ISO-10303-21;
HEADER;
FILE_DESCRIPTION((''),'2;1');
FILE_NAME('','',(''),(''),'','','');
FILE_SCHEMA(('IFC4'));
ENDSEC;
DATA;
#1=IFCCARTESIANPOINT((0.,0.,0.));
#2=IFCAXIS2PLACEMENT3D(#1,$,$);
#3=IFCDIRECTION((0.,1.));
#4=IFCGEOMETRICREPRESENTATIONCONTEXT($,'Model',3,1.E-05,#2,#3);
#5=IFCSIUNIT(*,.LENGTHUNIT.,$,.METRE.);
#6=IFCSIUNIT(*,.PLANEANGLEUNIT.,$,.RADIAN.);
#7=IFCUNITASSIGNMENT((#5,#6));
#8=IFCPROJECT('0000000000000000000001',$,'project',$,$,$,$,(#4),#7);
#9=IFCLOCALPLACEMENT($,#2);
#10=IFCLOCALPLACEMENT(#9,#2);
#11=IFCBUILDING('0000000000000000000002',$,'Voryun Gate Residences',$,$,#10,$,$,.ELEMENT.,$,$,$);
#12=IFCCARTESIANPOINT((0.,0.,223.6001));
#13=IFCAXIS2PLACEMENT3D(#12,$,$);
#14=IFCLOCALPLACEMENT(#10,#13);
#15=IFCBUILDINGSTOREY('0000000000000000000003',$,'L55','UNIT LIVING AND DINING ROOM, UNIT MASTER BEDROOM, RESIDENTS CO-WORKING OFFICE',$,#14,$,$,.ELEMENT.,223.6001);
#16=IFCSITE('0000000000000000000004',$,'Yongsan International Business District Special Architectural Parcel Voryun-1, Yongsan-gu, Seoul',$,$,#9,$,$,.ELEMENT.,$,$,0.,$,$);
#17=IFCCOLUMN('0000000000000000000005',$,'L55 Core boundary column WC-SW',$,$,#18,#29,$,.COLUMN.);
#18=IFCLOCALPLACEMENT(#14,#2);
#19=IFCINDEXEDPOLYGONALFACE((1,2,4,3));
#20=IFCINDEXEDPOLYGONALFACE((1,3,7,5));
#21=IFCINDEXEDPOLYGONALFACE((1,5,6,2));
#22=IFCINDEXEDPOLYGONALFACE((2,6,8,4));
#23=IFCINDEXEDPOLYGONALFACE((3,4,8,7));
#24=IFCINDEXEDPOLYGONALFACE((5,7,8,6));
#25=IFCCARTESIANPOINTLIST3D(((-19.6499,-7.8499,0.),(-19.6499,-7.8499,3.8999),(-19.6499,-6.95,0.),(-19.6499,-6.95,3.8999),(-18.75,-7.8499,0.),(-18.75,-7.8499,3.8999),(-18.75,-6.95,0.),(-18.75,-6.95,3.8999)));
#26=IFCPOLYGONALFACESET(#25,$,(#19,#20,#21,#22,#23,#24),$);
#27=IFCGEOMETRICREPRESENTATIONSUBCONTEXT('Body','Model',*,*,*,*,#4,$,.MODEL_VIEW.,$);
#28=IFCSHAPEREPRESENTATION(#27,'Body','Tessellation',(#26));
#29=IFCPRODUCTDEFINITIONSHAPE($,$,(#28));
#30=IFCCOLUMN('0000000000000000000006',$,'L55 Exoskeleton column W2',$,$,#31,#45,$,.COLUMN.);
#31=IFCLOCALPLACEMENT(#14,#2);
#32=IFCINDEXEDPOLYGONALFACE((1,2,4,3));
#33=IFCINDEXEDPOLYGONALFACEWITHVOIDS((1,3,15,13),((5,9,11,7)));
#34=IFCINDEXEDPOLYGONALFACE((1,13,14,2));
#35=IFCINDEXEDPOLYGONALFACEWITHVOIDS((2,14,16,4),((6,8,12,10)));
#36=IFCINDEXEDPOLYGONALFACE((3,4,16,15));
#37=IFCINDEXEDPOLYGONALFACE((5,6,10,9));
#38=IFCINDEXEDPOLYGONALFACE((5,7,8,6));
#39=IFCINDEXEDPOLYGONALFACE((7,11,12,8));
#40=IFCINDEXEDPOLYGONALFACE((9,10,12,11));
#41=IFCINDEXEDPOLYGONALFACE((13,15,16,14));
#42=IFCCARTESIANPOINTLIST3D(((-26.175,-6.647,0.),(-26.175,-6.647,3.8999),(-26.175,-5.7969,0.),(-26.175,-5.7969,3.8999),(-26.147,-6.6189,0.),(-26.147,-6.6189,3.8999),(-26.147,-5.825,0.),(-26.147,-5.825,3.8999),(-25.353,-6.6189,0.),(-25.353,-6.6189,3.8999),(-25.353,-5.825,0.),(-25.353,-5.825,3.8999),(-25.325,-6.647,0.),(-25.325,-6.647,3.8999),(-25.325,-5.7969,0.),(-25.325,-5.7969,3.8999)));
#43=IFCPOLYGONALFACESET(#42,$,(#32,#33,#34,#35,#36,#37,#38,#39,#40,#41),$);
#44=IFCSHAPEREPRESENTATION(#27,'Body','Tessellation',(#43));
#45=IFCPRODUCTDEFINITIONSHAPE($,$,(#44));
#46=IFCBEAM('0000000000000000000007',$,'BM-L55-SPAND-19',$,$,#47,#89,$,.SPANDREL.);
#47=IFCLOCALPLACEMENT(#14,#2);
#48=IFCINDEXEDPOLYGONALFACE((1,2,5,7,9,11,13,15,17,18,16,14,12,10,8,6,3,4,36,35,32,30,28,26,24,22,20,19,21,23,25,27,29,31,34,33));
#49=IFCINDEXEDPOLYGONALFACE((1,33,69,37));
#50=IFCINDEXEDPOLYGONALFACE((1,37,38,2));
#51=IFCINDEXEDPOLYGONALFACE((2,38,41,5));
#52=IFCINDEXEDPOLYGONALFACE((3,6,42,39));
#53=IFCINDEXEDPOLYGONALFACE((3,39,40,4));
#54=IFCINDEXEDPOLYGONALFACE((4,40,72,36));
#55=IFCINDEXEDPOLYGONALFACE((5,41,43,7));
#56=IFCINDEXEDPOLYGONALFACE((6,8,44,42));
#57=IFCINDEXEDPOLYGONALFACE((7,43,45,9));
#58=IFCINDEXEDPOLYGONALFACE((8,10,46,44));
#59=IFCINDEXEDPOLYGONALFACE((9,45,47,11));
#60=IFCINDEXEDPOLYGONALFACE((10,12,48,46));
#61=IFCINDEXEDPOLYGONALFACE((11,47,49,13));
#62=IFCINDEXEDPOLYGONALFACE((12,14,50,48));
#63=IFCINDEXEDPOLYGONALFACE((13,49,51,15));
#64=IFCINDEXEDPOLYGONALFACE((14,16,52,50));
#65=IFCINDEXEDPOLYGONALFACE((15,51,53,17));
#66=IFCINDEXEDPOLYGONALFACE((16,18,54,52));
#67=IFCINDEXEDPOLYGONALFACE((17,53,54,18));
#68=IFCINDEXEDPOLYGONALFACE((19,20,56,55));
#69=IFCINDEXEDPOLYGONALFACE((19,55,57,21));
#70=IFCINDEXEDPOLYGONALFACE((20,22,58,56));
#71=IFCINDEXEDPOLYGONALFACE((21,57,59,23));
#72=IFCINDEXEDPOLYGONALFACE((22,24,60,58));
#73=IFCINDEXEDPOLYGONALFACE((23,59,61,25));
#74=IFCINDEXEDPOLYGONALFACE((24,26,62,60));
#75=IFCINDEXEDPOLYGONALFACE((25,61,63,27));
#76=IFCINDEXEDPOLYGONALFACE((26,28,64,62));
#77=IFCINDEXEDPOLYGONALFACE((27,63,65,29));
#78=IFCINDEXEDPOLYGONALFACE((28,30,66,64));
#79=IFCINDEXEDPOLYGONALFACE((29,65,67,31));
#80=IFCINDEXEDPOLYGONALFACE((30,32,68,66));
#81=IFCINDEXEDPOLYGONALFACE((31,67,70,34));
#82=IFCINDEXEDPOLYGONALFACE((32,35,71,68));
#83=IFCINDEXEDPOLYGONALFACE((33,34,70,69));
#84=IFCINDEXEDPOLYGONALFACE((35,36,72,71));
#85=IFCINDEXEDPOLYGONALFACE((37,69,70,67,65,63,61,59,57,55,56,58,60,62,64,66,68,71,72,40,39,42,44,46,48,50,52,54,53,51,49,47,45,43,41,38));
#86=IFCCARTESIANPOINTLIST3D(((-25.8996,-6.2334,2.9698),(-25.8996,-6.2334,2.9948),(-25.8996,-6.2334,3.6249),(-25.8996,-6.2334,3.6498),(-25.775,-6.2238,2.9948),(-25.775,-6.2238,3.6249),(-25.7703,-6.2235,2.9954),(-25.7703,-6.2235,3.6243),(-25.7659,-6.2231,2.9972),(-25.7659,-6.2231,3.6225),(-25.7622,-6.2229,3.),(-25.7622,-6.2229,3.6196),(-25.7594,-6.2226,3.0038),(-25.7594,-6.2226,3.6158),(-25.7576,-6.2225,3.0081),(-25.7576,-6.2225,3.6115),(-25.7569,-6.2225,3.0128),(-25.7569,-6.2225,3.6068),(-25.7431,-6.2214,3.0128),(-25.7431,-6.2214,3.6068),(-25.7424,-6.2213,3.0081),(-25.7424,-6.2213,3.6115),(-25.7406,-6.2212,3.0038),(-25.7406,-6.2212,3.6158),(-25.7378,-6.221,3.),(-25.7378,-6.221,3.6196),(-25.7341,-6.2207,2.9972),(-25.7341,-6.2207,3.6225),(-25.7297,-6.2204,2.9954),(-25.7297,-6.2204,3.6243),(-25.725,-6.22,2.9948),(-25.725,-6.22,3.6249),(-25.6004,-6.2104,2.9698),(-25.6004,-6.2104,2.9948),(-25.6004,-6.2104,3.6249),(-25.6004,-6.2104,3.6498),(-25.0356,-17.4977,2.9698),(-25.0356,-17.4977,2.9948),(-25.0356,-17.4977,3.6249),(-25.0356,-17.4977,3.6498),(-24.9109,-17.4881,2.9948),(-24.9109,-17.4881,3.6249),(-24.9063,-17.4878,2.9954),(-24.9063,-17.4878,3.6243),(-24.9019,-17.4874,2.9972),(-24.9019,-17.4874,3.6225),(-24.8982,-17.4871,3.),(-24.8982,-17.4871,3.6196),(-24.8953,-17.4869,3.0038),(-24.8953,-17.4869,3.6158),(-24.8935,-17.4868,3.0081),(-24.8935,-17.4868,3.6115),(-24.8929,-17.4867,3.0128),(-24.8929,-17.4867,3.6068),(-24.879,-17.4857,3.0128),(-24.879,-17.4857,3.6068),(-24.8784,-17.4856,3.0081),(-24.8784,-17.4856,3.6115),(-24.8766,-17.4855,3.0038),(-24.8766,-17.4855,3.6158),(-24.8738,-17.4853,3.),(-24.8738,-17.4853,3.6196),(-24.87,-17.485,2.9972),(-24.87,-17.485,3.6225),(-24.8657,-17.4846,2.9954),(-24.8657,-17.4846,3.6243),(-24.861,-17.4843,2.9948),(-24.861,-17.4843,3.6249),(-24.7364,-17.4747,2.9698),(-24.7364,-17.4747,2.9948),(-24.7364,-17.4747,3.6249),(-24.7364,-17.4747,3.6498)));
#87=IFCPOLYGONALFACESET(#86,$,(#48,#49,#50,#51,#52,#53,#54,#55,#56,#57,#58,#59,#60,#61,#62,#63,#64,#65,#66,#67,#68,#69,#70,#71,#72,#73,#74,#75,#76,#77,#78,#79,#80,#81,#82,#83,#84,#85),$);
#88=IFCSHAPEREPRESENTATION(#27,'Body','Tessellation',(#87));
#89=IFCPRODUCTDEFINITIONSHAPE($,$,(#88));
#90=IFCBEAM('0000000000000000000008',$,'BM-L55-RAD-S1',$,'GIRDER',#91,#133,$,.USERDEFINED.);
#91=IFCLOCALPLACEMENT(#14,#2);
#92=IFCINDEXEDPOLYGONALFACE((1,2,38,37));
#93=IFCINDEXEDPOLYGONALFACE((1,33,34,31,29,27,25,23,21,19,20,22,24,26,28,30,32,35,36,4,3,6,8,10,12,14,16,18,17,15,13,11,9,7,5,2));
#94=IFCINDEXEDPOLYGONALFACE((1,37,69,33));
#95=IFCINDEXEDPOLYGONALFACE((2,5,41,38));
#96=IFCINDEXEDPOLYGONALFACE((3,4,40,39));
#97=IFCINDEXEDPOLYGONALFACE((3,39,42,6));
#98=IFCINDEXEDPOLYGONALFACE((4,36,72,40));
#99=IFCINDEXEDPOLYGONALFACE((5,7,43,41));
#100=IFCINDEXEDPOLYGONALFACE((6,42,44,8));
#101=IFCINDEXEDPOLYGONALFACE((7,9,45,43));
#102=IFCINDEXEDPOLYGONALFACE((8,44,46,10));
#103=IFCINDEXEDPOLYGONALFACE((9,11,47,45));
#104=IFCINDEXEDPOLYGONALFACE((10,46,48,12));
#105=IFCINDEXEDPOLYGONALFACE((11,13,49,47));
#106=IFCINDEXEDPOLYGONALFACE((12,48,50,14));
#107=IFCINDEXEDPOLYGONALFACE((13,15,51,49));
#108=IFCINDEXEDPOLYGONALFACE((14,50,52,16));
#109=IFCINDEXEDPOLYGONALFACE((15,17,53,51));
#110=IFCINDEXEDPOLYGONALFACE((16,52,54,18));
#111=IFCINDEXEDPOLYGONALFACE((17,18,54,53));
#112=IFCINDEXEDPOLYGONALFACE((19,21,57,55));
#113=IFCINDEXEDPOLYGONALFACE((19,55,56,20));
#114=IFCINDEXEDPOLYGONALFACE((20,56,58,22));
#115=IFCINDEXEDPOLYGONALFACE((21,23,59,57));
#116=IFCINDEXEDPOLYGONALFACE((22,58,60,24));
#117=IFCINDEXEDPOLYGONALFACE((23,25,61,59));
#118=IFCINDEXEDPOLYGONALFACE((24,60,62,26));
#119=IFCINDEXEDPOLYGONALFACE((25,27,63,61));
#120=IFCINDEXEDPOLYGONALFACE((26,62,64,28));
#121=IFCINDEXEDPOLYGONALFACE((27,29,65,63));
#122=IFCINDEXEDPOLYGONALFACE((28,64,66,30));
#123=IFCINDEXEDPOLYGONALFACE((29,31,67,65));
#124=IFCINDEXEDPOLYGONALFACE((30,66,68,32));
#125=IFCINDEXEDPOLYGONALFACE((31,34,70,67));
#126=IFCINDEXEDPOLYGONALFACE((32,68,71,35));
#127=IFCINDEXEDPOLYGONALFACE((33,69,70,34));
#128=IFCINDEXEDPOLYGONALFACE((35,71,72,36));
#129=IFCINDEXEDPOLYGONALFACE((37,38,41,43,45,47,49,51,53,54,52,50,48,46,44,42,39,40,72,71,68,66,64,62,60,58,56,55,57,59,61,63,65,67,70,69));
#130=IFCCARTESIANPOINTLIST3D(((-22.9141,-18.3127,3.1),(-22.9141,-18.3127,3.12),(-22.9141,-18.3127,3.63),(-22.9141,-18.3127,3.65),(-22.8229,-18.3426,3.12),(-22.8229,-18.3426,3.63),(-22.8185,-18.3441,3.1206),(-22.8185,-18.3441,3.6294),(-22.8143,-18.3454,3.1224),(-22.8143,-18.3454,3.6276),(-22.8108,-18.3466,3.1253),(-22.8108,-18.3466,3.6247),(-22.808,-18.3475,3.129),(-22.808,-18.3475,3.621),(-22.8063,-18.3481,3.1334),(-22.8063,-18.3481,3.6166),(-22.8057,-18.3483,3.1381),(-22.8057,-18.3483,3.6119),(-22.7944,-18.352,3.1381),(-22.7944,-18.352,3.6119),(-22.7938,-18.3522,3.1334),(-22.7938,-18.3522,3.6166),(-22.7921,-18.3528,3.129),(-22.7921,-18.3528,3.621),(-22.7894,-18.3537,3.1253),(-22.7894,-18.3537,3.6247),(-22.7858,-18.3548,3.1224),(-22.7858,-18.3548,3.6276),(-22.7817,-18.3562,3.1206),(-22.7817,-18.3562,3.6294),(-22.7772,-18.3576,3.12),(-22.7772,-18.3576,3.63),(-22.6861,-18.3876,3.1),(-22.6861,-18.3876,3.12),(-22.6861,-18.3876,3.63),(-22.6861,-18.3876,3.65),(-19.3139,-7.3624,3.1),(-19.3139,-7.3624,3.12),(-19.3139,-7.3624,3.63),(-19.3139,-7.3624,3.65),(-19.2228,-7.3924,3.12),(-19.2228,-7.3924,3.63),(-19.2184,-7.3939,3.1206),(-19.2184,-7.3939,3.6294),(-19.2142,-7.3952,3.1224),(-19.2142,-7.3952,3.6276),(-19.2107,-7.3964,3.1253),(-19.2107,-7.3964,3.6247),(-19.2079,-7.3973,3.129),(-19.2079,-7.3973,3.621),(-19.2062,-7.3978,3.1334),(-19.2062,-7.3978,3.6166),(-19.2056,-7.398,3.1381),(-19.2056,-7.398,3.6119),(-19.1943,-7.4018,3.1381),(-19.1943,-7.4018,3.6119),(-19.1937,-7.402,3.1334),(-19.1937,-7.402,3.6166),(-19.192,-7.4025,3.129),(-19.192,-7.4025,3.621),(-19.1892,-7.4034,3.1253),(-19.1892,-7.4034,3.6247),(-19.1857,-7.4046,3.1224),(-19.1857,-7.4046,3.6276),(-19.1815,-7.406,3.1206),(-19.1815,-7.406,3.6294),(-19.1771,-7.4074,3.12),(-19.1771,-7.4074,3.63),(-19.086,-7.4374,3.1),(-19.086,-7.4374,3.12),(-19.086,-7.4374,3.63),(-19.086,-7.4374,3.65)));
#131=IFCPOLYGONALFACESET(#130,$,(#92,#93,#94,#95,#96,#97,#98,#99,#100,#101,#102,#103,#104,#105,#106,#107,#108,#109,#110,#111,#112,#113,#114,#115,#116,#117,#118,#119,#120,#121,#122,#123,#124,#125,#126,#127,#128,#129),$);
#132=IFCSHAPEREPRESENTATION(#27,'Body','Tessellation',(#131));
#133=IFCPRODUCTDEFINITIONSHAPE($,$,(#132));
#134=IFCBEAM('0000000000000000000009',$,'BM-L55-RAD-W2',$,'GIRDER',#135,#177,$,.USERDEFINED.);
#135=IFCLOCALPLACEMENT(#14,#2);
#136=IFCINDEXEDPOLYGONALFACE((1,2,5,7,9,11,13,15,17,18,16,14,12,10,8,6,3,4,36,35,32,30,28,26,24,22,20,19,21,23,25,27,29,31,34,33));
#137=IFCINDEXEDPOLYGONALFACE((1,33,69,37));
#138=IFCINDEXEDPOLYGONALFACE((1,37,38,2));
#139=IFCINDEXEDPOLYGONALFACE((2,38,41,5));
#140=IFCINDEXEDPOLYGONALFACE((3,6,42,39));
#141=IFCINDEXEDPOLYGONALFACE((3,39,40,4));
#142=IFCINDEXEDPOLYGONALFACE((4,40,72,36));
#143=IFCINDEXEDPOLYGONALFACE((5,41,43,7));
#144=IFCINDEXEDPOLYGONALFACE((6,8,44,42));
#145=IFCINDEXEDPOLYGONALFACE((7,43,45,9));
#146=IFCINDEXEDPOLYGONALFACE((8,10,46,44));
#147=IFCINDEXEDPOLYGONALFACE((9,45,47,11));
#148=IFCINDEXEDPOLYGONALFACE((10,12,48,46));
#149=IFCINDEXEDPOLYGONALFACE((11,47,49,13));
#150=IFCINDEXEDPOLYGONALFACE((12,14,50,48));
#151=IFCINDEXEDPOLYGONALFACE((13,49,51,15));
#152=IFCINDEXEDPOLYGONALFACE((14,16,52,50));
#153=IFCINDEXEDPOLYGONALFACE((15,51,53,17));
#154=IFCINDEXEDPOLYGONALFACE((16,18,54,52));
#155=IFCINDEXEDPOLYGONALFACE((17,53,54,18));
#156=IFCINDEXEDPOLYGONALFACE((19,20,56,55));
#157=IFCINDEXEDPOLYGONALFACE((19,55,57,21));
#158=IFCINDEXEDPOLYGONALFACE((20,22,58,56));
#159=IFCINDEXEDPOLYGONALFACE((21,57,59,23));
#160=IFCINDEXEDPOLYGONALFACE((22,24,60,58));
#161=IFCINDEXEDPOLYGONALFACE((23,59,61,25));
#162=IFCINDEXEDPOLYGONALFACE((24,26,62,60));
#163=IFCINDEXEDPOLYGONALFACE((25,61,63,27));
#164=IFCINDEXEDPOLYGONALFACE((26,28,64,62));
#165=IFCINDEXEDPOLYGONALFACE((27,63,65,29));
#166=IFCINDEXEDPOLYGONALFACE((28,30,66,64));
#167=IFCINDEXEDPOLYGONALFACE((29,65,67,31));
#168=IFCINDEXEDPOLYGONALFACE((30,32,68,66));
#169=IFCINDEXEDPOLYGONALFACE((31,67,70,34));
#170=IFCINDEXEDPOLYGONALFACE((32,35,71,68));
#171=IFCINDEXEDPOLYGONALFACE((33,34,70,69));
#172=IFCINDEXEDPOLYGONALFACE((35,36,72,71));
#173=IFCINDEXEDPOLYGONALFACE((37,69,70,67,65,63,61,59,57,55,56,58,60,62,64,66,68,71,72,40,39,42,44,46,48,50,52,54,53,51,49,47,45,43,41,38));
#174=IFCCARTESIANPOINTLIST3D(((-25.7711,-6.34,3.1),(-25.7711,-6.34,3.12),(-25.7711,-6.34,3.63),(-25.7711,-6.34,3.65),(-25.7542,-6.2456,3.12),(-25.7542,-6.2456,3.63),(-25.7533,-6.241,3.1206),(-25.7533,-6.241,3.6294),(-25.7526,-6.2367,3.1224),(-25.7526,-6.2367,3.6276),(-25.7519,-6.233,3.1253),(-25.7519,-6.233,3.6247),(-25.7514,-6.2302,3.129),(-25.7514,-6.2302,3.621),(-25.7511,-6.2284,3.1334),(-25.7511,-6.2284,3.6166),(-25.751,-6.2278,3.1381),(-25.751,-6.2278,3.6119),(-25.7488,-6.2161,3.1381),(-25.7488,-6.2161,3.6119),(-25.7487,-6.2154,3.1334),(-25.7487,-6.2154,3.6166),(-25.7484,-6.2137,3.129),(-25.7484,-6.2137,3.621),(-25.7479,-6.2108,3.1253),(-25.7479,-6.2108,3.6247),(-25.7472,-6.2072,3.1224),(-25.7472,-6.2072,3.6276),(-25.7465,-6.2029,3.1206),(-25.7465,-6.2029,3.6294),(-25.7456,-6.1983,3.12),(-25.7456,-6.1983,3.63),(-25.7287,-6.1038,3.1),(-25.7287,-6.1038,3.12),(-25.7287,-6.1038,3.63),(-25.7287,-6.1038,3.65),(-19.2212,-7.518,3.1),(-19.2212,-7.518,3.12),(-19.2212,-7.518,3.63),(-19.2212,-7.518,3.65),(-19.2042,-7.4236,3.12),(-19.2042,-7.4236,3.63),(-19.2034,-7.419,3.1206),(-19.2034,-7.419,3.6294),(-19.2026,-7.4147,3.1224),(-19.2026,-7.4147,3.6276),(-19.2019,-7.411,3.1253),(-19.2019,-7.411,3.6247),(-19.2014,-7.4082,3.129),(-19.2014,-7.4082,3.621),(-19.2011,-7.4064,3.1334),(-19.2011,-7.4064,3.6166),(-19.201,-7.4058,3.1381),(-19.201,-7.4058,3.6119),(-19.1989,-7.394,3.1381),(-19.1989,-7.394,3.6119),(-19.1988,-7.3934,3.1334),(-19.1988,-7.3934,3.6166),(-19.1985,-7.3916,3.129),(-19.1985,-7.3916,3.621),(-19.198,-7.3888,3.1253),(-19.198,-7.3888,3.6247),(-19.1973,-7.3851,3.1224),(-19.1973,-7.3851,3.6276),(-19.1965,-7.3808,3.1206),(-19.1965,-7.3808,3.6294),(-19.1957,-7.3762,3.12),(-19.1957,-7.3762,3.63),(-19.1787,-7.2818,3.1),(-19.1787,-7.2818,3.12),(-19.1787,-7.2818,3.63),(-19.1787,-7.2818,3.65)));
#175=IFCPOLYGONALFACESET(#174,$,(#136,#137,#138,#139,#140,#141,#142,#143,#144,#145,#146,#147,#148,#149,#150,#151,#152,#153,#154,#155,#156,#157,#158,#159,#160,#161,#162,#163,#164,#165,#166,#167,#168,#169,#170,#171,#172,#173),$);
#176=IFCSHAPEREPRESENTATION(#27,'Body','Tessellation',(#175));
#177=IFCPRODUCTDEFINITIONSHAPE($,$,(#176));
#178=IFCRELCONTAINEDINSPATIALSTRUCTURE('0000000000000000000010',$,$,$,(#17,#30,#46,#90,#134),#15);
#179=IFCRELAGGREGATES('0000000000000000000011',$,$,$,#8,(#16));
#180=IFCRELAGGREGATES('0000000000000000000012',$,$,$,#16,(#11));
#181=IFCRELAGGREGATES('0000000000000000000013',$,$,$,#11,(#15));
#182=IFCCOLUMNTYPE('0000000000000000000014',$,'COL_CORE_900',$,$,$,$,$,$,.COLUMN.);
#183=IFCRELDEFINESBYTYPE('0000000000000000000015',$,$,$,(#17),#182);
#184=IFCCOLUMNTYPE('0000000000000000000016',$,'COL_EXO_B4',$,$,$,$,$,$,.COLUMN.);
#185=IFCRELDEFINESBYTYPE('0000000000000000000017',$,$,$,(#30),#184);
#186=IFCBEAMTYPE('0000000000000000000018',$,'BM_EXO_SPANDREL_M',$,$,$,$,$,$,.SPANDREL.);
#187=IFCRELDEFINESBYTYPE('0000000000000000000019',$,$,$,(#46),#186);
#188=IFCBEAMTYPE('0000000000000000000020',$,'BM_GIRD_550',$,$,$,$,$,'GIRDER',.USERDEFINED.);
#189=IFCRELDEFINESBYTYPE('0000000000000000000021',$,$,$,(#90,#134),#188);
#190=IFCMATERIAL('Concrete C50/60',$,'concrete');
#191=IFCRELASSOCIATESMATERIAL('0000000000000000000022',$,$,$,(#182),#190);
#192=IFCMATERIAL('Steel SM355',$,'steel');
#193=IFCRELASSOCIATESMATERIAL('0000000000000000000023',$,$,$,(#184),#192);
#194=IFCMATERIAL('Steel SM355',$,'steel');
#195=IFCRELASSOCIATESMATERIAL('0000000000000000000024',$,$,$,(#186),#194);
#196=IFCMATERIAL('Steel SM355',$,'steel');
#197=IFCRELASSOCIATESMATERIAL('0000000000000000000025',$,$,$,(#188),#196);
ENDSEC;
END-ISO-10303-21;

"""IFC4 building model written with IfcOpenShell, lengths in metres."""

from ifc_helpers import new_model, si_unit, direction, frame, origin, origin_2d, place, context, subcontext, project, spatial, rectangle, hollow_rectangle, i_section, extrude, material, material_profile, profile_set, type_object, element, save


model = new_model("IFC4")

# Units and contexts
model_context = context("Model", 3, precision=1e-05, world=origin(), true_north=direction((0.0, 1.0)))
body_context = subcontext(model_context, "Body", "Model", "MODEL_VIEW")
ifc_project = project(units=[si_unit("LENGTHUNIT", "METRE"), si_unit("PLANEANGLEUNIT", "RADIAN")], contexts=[model_context])

# Site, building, storey
site_placement = place(None, origin())
site = spatial("IfcSite", under=ifc_project, at=site_placement, Name="Yongsan International Business District Special Architectural Parcel Voryun-1, Yongsan-gu, Seoul", CompositionType="ELEMENT", RefElevation=0.0)
building_placement = place(site_placement, origin())
building = spatial("IfcBuilding", under=site, at=building_placement, Name="Voryun Gate Residences", CompositionType="ELEMENT")
storey_placement = place(building_placement, frame((0.0, 0.0, 223.6001)))
storey = spatial("IfcBuildingStorey", under=building, at=storey_placement, Name="L55", Description="UNIT LIVING AND DINING ROOM, UNIT MASTER BEDROOM, RESIDENTS CO-WORKING OFFICE", CompositionType="ELEMENT", Elevation=223.6001)

# Columns
ifc_material_1 = material(Name="Concrete C50/60", Category="concrete")
ifc_material_profile_1 = material_profile(ifc_material_1, rectangle(XDim=0.8999, YDim=0.8999, at=origin_2d()), Name="RC-900x900")
ifc_profile_set_1 = profile_set([ifc_material_profile_1], Name="Concrete C50/60")
column_type_1 = type_object("IfcColumnType", Name="COL_CORE_900", PredefinedType="COLUMN", material=ifc_profile_set_1)
column_1_placement = place(storey_placement, frame((-19.2, -7.3999, 0.0), z_axis=(0.0, 0.0, 1.0), x_axis=(1.0, 0.0, 0.0)))
element("IfcColumn", 1, at=column_1_placement, inside=storey, type_object=column_type_1, Name="L55 Core boundary column WC-SW", PredefinedType="COLUMN", context=body_context, shape_type="SweptSolid", body=[
    extrude(rectangle(XDim=0.8999, YDim=0.8999, at=origin_2d()), origin(), (0.0, 0.0, 1.0), 3.8999),
])
ifc_material_2 = material(Name="Steel SM355", Category="steel")
ifc_material_profile_2 = material_profile(ifc_material_2, hollow_rectangle(XDim=0.8501, YDim=0.8501, WallThickness=0.0281, at=origin_2d()), Name="BOX-850x850x28")
ifc_profile_set_2 = profile_set([ifc_material_profile_2], Name="Steel SM355")
column_type_2 = type_object("IfcColumnType", Name="COL_EXO_B4", PredefinedType="COLUMN", material=ifc_profile_set_2)
column_2_placement = place(storey_placement, frame((-25.75, -6.2219, 0.0), z_axis=(0.0, 0.0, 1.0), x_axis=(1.0, 0.0, 0.0)))
element("IfcColumn", 2, at=column_2_placement, inside=storey, type_object=column_type_2, Name="L55 Exoskeleton column W2", PredefinedType="COLUMN", context=body_context, shape_type="SweptSolid", body=[
    extrude(hollow_rectangle(XDim=0.8501, YDim=0.8501, WallThickness=0.0281, at=origin_2d()), origin(), (0.0, 0.0, 1.0), 3.8999),
])

# Beams
ifc_material_3 = material(Name="Steel SM355", Category="steel")
ifc_material_profile_3 = material_profile(ifc_material_3, i_section(OverallWidth=0.3, OverallDepth=0.6799, WebThickness=0.0139, FlangeThickness=0.0249, FilletRadius=0.0181, at=origin_2d()), Name="H-680x300x14x25")
ifc_profile_set_3 = profile_set([ifc_material_profile_3], Name="Steel SM355")
beam_type_1 = type_object("IfcBeamType", Name="BM_EXO_SPANDREL_M", PredefinedType="SPANDREL", material=ifc_profile_set_3)
beam_1_placement = place(storey_placement, frame((-25.75, -6.2219, 3.3098), z_axis=(0.07648, -0.997071, 0.0), x_axis=(0.997071, 0.07648, 0.0)))
element("IfcBeam", 3, at=beam_1_placement, inside=storey, type_object=beam_type_1, Name="BM-L55-SPAND-19", PredefinedType="SPANDREL", context=body_context, shape_type="SweptSolid", body=[
    extrude(i_section(OverallWidth=0.3, OverallDepth=0.6799, WebThickness=0.0139, FlangeThickness=0.0249, FilletRadius=0.0181, at=origin_2d()), origin(), (0.0, 0.0, 1.0), 11.2974),
])
ifc_material_4 = material(Name="Steel SM355", Category="steel")
ifc_material_profile_4 = material_profile(ifc_material_4, i_section(OverallWidth=0.24, OverallDepth=0.55, WebThickness=0.012, FlangeThickness=0.02, FilletRadius=0.0181, at=origin_2d()), Name="H-550x240x12x20")
ifc_profile_set_4 = profile_set([ifc_material_profile_4], Name="Steel SM355")
beam_type_2 = type_object("IfcBeamType", Name="BM_GIRD_550", ElementType="GIRDER", PredefinedType="USERDEFINED", material=ifc_profile_set_4)
beam_2_placement = place(storey_placement, frame((-19.2, -7.3999, 3.375), z_axis=(-0.312324, -0.949976, 0.0), x_axis=(0.949976, -0.312324, 0.0)))
element("IfcBeam", 4, at=beam_2_placement, inside=storey, type_object=beam_type_2, Name="BM-L55-RAD-S1", ObjectType="GIRDER", PredefinedType="USERDEFINED", context=body_context, shape_type="SweptSolid", body=[
    extrude(i_section(OverallWidth=0.24, OverallDepth=0.55, WebThickness=0.012, FlangeThickness=0.02, FilletRadius=0.0181, at=origin_2d()), origin(), (0.0, 0.0, 1.0), 11.5269),
])
beam_3_placement = place(storey_placement, frame((-19.2, -7.3999, 3.375), z_axis=(-0.98421, 0.177003, 0.0), x_axis=(-0.177003, -0.98421, 0.0)))
element("IfcBeam", 5, at=beam_3_placement, inside=storey, type_object=beam_type_2, Name="BM-L55-RAD-W2", ObjectType="GIRDER", PredefinedType="USERDEFINED", context=body_context, shape_type="SweptSolid", body=[
    extrude(i_section(OverallWidth=0.24, OverallDepth=0.55, WebThickness=0.012, FlangeThickness=0.02, FilletRadius=0.0181, at=origin_2d()), origin(), (0.0, 0.0, 1.0), 6.655),
])

save(model, "model.ifc")
